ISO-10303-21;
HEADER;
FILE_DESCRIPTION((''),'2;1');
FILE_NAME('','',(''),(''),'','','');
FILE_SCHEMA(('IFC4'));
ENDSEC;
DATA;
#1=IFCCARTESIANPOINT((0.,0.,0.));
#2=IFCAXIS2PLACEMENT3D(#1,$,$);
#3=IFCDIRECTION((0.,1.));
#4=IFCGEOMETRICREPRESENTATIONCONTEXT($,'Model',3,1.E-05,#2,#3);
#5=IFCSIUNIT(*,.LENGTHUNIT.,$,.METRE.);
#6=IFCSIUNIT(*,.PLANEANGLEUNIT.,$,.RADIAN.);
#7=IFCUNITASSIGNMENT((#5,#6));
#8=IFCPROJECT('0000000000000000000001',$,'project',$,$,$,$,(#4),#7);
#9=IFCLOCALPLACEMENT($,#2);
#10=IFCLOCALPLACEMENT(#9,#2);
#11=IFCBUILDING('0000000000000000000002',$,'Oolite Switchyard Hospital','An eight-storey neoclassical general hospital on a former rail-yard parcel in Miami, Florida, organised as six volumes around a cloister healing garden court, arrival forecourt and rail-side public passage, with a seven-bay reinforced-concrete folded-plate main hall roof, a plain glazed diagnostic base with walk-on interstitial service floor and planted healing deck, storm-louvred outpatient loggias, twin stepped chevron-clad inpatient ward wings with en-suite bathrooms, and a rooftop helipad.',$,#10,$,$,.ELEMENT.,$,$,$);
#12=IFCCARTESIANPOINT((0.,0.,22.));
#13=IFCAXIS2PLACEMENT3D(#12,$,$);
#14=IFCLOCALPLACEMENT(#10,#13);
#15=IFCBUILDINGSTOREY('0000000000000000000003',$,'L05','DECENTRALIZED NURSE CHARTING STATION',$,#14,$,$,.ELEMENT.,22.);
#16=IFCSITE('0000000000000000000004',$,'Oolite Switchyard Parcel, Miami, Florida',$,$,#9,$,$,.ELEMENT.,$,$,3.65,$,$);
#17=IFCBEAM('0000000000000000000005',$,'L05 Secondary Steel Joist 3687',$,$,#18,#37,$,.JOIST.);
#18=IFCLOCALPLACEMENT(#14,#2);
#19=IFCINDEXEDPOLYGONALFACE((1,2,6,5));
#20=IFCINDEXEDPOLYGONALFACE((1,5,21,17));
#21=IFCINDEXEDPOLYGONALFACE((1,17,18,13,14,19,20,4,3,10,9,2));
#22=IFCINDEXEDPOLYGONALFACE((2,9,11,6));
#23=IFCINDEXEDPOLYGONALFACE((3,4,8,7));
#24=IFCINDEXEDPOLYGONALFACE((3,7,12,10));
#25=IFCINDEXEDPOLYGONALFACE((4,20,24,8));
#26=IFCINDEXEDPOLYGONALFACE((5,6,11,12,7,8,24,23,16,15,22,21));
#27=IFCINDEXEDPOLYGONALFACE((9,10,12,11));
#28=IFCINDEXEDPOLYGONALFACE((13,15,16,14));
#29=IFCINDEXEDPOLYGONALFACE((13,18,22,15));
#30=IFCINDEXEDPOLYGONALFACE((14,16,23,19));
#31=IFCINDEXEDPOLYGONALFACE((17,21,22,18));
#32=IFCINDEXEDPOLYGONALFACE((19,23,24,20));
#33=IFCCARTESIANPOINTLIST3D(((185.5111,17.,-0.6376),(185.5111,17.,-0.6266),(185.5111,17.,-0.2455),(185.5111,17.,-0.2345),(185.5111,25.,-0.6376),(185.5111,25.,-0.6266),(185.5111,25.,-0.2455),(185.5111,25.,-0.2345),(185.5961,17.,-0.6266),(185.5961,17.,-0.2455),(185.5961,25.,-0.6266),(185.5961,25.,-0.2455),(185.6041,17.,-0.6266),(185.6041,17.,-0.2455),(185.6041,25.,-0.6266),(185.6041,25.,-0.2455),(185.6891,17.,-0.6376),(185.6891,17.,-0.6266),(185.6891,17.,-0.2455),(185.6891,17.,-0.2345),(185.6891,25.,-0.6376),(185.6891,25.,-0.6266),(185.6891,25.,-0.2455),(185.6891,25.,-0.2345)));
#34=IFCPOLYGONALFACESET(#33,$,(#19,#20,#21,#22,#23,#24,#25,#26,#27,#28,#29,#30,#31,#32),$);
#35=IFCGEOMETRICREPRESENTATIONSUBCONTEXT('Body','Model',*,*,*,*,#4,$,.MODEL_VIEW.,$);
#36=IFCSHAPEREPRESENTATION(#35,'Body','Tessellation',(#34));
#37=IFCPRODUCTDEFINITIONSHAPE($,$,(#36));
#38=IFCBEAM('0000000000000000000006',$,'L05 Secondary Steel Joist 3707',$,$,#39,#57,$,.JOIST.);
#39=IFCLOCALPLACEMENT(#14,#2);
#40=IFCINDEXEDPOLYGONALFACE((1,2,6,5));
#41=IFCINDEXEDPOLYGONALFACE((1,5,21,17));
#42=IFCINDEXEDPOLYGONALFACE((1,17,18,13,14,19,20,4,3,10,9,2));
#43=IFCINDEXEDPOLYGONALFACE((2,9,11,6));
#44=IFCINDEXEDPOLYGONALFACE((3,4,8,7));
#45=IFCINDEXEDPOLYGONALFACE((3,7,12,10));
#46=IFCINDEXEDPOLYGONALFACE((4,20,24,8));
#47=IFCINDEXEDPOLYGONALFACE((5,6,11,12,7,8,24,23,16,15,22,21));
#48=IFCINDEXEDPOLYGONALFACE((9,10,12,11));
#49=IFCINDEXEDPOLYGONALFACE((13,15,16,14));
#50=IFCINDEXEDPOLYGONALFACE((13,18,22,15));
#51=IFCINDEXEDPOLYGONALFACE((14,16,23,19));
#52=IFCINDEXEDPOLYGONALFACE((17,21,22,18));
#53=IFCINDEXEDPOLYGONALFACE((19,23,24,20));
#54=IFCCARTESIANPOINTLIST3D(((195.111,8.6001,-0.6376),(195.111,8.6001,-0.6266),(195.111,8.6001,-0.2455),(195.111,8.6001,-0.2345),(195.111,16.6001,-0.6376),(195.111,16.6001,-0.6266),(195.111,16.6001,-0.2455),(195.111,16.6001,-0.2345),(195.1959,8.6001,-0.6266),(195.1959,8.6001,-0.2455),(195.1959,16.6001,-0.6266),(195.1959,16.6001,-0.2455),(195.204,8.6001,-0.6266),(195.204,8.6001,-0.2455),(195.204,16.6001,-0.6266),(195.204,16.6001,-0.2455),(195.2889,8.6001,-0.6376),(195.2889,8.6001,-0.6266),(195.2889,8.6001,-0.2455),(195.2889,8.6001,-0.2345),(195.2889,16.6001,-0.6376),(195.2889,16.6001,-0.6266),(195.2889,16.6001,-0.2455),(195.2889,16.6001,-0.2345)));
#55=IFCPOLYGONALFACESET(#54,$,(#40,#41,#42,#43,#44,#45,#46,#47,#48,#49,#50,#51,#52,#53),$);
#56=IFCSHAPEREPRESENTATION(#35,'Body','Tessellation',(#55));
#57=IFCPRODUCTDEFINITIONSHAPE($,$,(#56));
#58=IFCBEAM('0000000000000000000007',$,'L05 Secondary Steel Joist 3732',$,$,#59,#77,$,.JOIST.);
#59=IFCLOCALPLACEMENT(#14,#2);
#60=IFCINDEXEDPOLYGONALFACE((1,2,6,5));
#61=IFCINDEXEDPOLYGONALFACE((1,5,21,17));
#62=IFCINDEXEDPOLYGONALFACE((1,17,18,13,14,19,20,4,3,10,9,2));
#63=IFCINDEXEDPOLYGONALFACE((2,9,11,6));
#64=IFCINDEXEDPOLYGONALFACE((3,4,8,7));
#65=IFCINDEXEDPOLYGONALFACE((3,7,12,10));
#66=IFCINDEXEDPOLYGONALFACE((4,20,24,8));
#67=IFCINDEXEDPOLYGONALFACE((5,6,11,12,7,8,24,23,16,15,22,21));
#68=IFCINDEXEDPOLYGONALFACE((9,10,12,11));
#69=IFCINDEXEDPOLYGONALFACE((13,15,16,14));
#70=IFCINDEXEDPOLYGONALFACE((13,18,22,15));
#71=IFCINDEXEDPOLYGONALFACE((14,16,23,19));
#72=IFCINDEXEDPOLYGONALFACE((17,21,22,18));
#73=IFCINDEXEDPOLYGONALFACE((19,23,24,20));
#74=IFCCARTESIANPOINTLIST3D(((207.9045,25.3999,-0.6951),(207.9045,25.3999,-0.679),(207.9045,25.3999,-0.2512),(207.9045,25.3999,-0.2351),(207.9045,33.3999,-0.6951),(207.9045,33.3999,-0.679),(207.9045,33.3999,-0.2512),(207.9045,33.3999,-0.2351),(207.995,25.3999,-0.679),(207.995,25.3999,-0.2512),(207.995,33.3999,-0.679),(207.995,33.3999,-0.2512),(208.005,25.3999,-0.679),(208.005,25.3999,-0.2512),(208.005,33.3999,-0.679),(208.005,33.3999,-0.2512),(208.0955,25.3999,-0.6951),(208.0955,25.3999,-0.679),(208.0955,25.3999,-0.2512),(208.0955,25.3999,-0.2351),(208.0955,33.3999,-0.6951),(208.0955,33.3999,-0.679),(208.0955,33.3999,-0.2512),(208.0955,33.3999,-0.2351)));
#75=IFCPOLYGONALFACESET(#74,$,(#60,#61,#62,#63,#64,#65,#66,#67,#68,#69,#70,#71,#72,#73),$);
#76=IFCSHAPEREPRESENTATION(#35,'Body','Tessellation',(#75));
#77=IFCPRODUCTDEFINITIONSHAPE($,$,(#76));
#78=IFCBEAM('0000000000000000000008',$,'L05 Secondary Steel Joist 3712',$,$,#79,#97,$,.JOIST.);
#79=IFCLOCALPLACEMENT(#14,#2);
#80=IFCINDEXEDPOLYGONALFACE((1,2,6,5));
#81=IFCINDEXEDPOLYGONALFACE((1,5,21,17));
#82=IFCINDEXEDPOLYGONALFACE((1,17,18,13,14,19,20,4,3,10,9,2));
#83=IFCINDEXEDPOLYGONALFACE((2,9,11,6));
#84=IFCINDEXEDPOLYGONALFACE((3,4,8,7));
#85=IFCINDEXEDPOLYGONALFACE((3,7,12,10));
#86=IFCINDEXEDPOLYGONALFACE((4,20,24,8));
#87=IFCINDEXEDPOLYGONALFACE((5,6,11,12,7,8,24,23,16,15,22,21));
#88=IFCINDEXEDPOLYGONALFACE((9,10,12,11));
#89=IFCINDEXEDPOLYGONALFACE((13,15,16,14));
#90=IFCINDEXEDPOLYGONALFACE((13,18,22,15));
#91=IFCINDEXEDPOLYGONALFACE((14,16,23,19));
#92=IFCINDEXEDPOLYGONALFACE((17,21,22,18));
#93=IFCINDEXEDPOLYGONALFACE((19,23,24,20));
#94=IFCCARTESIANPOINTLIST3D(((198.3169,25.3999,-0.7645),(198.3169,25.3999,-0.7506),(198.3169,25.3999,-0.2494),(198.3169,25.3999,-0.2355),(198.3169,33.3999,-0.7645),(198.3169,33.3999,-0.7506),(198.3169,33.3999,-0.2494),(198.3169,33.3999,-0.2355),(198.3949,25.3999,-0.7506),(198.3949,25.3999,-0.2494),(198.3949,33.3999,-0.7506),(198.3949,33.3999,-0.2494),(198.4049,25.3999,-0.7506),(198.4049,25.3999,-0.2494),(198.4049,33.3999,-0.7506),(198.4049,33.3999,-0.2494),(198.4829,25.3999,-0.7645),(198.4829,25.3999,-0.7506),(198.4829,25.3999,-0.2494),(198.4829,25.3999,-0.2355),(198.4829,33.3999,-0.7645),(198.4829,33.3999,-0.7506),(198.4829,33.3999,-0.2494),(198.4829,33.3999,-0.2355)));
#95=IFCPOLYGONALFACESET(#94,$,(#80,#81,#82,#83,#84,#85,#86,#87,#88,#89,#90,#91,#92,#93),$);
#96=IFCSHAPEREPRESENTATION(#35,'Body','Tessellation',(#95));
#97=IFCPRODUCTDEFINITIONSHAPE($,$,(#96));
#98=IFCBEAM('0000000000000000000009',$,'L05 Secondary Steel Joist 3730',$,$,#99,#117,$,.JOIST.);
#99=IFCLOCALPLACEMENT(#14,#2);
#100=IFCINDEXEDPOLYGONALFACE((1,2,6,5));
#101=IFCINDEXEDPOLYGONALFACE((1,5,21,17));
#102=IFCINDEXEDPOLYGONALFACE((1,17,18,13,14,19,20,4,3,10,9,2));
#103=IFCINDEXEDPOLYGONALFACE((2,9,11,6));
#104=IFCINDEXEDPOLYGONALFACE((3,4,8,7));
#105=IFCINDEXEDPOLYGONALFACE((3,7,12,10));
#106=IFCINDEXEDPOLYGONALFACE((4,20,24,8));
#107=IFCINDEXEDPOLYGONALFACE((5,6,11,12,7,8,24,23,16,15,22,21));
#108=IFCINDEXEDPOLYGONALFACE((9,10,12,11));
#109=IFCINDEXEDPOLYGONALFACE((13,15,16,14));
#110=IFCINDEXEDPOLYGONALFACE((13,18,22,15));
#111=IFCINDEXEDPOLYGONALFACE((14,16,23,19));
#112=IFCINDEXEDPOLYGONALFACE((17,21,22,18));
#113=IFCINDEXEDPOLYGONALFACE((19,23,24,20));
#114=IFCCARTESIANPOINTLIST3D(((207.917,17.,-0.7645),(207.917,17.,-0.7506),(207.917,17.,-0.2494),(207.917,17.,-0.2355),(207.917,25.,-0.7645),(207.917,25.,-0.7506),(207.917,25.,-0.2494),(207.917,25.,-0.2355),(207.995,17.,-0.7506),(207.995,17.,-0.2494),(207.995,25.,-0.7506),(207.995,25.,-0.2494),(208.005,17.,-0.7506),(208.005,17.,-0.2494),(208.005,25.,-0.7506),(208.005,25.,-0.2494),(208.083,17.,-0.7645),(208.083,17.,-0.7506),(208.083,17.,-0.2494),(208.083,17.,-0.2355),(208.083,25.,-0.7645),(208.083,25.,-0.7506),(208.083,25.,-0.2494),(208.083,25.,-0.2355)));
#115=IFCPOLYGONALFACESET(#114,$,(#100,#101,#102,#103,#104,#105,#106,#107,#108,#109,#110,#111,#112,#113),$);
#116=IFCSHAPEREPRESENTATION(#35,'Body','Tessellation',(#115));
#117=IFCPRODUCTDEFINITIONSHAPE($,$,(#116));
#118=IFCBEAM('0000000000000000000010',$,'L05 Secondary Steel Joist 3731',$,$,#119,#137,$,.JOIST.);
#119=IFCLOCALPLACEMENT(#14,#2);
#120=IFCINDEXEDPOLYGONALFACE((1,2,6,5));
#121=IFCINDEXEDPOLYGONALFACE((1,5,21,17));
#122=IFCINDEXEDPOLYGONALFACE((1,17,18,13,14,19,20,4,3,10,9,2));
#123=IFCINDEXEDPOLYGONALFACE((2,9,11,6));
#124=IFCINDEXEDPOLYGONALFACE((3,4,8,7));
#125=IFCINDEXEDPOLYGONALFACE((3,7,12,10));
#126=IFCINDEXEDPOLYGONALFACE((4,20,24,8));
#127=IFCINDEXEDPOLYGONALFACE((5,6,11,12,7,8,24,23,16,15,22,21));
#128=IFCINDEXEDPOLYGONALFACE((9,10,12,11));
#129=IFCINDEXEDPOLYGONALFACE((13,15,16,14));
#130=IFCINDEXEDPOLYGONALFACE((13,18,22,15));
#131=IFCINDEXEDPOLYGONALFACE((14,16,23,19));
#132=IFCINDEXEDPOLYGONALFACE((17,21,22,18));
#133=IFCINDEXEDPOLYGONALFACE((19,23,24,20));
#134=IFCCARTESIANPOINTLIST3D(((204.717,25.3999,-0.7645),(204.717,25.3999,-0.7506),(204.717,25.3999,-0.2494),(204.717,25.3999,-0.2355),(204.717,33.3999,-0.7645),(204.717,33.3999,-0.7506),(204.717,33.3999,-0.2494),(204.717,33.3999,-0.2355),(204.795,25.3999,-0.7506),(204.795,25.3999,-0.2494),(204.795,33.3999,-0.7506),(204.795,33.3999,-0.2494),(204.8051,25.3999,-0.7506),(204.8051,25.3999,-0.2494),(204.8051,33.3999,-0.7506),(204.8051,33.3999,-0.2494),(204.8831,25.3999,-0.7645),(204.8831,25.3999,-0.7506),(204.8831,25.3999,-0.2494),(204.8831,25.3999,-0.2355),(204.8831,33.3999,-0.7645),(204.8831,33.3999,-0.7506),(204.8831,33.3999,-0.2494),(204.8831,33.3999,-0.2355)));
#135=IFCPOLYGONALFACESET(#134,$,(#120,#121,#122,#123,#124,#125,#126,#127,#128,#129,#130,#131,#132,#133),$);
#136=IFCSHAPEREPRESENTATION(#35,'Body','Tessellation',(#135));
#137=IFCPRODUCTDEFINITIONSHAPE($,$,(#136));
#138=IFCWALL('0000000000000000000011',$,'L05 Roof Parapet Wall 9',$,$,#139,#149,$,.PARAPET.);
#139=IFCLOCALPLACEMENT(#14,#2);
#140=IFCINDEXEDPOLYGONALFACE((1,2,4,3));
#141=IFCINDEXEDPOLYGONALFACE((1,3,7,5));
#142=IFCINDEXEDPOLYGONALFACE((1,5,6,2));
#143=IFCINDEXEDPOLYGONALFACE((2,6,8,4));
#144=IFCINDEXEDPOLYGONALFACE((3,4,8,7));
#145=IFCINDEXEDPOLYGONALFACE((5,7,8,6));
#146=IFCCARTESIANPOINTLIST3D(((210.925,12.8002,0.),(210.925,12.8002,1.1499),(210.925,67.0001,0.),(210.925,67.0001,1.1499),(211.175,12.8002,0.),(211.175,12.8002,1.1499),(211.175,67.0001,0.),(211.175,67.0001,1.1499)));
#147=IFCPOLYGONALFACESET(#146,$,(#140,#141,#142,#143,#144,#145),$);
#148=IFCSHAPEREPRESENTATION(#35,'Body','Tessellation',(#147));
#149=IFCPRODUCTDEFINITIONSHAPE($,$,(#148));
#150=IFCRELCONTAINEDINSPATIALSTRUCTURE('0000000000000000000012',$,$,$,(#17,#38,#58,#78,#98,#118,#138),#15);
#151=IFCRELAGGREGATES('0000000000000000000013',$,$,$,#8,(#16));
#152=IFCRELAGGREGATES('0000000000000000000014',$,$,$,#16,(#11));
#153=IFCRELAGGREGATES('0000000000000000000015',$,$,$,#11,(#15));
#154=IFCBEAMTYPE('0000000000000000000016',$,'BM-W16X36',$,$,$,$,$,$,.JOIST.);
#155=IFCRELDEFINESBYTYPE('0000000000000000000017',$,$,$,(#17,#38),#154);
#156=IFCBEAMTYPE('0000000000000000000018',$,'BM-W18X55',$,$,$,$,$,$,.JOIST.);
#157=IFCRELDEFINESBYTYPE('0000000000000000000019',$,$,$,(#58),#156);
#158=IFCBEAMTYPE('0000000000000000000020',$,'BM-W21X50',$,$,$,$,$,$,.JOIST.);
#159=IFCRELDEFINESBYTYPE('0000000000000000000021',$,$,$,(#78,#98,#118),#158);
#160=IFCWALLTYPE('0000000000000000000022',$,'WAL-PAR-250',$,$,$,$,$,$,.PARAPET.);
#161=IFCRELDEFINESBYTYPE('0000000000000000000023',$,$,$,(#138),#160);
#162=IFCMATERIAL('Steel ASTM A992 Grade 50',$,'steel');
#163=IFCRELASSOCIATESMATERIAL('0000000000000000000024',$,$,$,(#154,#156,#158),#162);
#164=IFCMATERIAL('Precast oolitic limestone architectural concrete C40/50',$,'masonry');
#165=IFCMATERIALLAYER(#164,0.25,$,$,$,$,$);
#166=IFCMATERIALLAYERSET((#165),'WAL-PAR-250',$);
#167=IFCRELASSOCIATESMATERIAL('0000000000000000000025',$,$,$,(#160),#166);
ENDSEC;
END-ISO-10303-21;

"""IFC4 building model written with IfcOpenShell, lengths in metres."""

from ifc_helpers import new_model, si_unit, direction, frame, frame_2d, origin, origin_2d, place, context, subcontext, project, spatial, rectangle, i_section, extrude, material, layer, layer_set, material_profile, profile_set, type_object, element, save


model = new_model("IFC4")

# Units and contexts
model_context = context("Model", 3, precision=1e-05, world=origin(), true_north=direction((0.0, 1.0)))
body_context = subcontext(model_context, "Body", "Model", "MODEL_VIEW")
ifc_project = project(units=[si_unit("LENGTHUNIT", "METRE"), si_unit("PLANEANGLEUNIT", "RADIAN")], contexts=[model_context])

# Site, building, storey
site_placement = place(None, origin())
site = spatial("IfcSite", under=ifc_project, at=site_placement, Name="Oolite Switchyard Parcel, Miami, Florida", CompositionType="ELEMENT", RefElevation=3.65)
building_placement = place(site_placement, origin())
building = spatial("IfcBuilding", under=site, at=building_placement, Name="Oolite Switchyard Hospital", Description="An eight-storey neoclassical general hospital on a former rail-yard parcel in Miami, Florida, organised as six volumes around a cloister healing garden court, arrival forecourt and rail-side public passage, with a seven-bay reinforced-concrete folded-plate main hall roof, a plain glazed diagnostic base with walk-on interstitial service floor and planted healing deck, storm-louvred outpatient loggias, twin stepped chevron-clad inpatient ward wings with en-suite bathrooms, and a rooftop helipad.", CompositionType="ELEMENT")
storey_placement = place(building_placement, frame((0.0, 0.0, 22.0)))
storey = spatial("IfcBuildingStorey", under=building, at=storey_placement, Name="L05", Description="DECENTRALIZED NURSE CHARTING STATION", CompositionType="ELEMENT", Elevation=22.0)

# Beams
ifc_material_1 = material(Name="Steel ASTM A992 Grade 50", Category="steel")
ifc_material_profile_1 = material_profile(ifc_material_1, i_section(OverallWidth=0.178, OverallDepth=0.4031, WebThickness=0.0081, FlangeThickness=0.011, at=origin_2d()), Name="W16X36")
ifc_profile_set_1 = profile_set([ifc_material_profile_1], Name="Steel ASTM A992 Grade 50")
beam_type_1 = type_object("IfcBeamType", Name="BM-W16X36", PredefinedType="JOIST", material=ifc_profile_set_1)
for number, where, z_axis, x_axis, name in (
    (1, (185.6001, 17.0, -0.436), (0.0, 1.0, 0.0), (-1.0, 0.0, 0.0), "L05 Secondary Steel Joist 3687"),
    (2, (195.2, 8.6001, -0.436), (0.0, 1.0, 0.0), (-1.0, 0.0, 0.0), "L05 Secondary Steel Joist 3707"),
):
    element("IfcBeam", number, at=place(storey_placement, frame(where, z_axis=z_axis, x_axis=x_axis)), inside=storey, type_object=beam_type_1, Name=name, PredefinedType="JOIST", context=body_context, shape_type="SweptSolid", body=[
        extrude(i_section(OverallWidth=0.178, OverallDepth=0.4031, WebThickness=0.0081, FlangeThickness=0.011, at=origin_2d()), origin(), (0.0, 0.0, 1.0), 8.0),
    ])
ifc_material_profile_2 = material_profile(ifc_material_1, i_section(OverallWidth=0.1909, OverallDepth=0.46, WebThickness=0.01, FlangeThickness=0.0161, at=origin_2d()), Name="W18X55")
ifc_profile_set_2 = profile_set([ifc_material_profile_2], Name="Steel ASTM A992 Grade 50")
beam_type_2 = type_object("IfcBeamType", Name="BM-W18X55", PredefinedType="JOIST", material=ifc_profile_set_2)
beam_1_placement = place(storey_placement, frame((208.0, 25.3999, -0.4651), z_axis=(0.0, 1.0, 0.0), x_axis=(-1.0, 0.0, 0.0)))
element("IfcBeam", 3, at=beam_1_placement, inside=storey, type_object=beam_type_2, Name="L05 Secondary Steel Joist 3732", PredefinedType="JOIST", context=body_context, shape_type="SweptSolid", body=[
    extrude(i_section(OverallWidth=0.1909, OverallDepth=0.46, WebThickness=0.01, FlangeThickness=0.0161, at=origin_2d()), origin(), (0.0, 0.0, 1.0), 8.0),
])
ifc_material_profile_3 = material_profile(ifc_material_1, i_section(OverallWidth=0.166, OverallDepth=0.5291, WebThickness=0.01, FlangeThickness=0.0139, at=origin_2d()), Name="W21X50")
ifc_profile_set_3 = profile_set([ifc_material_profile_3], Name="Steel ASTM A992 Grade 50")
beam_type_3 = type_object("IfcBeamType", Name="BM-W21X50", PredefinedType="JOIST", material=ifc_profile_set_3)
for number, where, z_axis, x_axis, name in (
    (4, (198.3999, 25.3999, -0.5), (0.0, 1.0, 0.0), (-1.0, 0.0, 0.0), "L05 Secondary Steel Joist 3712"),
    (5, (208.0, 17.0, -0.5), (0.0, 1.0, 0.0), (-1.0, 0.0, 0.0), "L05 Secondary Steel Joist 3730"),
    (6, (204.8, 25.3999, -0.5), (0.0, 1.0, 0.0), (-1.0, 0.0, 0.0), "L05 Secondary Steel Joist 3731"),
):
    element("IfcBeam", number, at=place(storey_placement, frame(where, z_axis=z_axis, x_axis=x_axis)), inside=storey, type_object=beam_type_3, Name=name, PredefinedType="JOIST", context=body_context, shape_type="SweptSolid", body=[
        extrude(i_section(OverallWidth=0.166, OverallDepth=0.5291, WebThickness=0.01, FlangeThickness=0.0139, at=origin_2d()), origin(), (0.0, 0.0, 1.0), 8.0),
    ])

# Wall
ifc_material_2 = material(Name="Precast oolitic limestone architectural concrete C40/50", Category="masonry")
ifc_layer = layer(ifc_material_2, 0.25)
ifc_layer_set = layer_set([ifc_layer], Name="WAL-PAR-250")
wall_type = type_object("IfcWallType", Name="WAL-PAR-250", PredefinedType="PARAPET", material=ifc_layer_set)
wall_placement = place(storey_placement, frame((211.05, 12.8, 0.0), z_axis=(0.0, 0.0, 1.0), x_axis=(0.0, 1.0, 0.0)))
element("IfcWall", 7, at=wall_placement, inside=storey, type_object=wall_type, Name="L05 Roof Parapet Wall 9", PredefinedType="PARAPET", context=body_context, shape_type="SweptSolid", body=[
    extrude(rectangle(XDim=54.2, YDim=0.25, at=frame_2d((27.1001, 0.0))), origin(), (0.0, 0.0, 1.0), 1.1499),
])

save(model, "model.ifc")
